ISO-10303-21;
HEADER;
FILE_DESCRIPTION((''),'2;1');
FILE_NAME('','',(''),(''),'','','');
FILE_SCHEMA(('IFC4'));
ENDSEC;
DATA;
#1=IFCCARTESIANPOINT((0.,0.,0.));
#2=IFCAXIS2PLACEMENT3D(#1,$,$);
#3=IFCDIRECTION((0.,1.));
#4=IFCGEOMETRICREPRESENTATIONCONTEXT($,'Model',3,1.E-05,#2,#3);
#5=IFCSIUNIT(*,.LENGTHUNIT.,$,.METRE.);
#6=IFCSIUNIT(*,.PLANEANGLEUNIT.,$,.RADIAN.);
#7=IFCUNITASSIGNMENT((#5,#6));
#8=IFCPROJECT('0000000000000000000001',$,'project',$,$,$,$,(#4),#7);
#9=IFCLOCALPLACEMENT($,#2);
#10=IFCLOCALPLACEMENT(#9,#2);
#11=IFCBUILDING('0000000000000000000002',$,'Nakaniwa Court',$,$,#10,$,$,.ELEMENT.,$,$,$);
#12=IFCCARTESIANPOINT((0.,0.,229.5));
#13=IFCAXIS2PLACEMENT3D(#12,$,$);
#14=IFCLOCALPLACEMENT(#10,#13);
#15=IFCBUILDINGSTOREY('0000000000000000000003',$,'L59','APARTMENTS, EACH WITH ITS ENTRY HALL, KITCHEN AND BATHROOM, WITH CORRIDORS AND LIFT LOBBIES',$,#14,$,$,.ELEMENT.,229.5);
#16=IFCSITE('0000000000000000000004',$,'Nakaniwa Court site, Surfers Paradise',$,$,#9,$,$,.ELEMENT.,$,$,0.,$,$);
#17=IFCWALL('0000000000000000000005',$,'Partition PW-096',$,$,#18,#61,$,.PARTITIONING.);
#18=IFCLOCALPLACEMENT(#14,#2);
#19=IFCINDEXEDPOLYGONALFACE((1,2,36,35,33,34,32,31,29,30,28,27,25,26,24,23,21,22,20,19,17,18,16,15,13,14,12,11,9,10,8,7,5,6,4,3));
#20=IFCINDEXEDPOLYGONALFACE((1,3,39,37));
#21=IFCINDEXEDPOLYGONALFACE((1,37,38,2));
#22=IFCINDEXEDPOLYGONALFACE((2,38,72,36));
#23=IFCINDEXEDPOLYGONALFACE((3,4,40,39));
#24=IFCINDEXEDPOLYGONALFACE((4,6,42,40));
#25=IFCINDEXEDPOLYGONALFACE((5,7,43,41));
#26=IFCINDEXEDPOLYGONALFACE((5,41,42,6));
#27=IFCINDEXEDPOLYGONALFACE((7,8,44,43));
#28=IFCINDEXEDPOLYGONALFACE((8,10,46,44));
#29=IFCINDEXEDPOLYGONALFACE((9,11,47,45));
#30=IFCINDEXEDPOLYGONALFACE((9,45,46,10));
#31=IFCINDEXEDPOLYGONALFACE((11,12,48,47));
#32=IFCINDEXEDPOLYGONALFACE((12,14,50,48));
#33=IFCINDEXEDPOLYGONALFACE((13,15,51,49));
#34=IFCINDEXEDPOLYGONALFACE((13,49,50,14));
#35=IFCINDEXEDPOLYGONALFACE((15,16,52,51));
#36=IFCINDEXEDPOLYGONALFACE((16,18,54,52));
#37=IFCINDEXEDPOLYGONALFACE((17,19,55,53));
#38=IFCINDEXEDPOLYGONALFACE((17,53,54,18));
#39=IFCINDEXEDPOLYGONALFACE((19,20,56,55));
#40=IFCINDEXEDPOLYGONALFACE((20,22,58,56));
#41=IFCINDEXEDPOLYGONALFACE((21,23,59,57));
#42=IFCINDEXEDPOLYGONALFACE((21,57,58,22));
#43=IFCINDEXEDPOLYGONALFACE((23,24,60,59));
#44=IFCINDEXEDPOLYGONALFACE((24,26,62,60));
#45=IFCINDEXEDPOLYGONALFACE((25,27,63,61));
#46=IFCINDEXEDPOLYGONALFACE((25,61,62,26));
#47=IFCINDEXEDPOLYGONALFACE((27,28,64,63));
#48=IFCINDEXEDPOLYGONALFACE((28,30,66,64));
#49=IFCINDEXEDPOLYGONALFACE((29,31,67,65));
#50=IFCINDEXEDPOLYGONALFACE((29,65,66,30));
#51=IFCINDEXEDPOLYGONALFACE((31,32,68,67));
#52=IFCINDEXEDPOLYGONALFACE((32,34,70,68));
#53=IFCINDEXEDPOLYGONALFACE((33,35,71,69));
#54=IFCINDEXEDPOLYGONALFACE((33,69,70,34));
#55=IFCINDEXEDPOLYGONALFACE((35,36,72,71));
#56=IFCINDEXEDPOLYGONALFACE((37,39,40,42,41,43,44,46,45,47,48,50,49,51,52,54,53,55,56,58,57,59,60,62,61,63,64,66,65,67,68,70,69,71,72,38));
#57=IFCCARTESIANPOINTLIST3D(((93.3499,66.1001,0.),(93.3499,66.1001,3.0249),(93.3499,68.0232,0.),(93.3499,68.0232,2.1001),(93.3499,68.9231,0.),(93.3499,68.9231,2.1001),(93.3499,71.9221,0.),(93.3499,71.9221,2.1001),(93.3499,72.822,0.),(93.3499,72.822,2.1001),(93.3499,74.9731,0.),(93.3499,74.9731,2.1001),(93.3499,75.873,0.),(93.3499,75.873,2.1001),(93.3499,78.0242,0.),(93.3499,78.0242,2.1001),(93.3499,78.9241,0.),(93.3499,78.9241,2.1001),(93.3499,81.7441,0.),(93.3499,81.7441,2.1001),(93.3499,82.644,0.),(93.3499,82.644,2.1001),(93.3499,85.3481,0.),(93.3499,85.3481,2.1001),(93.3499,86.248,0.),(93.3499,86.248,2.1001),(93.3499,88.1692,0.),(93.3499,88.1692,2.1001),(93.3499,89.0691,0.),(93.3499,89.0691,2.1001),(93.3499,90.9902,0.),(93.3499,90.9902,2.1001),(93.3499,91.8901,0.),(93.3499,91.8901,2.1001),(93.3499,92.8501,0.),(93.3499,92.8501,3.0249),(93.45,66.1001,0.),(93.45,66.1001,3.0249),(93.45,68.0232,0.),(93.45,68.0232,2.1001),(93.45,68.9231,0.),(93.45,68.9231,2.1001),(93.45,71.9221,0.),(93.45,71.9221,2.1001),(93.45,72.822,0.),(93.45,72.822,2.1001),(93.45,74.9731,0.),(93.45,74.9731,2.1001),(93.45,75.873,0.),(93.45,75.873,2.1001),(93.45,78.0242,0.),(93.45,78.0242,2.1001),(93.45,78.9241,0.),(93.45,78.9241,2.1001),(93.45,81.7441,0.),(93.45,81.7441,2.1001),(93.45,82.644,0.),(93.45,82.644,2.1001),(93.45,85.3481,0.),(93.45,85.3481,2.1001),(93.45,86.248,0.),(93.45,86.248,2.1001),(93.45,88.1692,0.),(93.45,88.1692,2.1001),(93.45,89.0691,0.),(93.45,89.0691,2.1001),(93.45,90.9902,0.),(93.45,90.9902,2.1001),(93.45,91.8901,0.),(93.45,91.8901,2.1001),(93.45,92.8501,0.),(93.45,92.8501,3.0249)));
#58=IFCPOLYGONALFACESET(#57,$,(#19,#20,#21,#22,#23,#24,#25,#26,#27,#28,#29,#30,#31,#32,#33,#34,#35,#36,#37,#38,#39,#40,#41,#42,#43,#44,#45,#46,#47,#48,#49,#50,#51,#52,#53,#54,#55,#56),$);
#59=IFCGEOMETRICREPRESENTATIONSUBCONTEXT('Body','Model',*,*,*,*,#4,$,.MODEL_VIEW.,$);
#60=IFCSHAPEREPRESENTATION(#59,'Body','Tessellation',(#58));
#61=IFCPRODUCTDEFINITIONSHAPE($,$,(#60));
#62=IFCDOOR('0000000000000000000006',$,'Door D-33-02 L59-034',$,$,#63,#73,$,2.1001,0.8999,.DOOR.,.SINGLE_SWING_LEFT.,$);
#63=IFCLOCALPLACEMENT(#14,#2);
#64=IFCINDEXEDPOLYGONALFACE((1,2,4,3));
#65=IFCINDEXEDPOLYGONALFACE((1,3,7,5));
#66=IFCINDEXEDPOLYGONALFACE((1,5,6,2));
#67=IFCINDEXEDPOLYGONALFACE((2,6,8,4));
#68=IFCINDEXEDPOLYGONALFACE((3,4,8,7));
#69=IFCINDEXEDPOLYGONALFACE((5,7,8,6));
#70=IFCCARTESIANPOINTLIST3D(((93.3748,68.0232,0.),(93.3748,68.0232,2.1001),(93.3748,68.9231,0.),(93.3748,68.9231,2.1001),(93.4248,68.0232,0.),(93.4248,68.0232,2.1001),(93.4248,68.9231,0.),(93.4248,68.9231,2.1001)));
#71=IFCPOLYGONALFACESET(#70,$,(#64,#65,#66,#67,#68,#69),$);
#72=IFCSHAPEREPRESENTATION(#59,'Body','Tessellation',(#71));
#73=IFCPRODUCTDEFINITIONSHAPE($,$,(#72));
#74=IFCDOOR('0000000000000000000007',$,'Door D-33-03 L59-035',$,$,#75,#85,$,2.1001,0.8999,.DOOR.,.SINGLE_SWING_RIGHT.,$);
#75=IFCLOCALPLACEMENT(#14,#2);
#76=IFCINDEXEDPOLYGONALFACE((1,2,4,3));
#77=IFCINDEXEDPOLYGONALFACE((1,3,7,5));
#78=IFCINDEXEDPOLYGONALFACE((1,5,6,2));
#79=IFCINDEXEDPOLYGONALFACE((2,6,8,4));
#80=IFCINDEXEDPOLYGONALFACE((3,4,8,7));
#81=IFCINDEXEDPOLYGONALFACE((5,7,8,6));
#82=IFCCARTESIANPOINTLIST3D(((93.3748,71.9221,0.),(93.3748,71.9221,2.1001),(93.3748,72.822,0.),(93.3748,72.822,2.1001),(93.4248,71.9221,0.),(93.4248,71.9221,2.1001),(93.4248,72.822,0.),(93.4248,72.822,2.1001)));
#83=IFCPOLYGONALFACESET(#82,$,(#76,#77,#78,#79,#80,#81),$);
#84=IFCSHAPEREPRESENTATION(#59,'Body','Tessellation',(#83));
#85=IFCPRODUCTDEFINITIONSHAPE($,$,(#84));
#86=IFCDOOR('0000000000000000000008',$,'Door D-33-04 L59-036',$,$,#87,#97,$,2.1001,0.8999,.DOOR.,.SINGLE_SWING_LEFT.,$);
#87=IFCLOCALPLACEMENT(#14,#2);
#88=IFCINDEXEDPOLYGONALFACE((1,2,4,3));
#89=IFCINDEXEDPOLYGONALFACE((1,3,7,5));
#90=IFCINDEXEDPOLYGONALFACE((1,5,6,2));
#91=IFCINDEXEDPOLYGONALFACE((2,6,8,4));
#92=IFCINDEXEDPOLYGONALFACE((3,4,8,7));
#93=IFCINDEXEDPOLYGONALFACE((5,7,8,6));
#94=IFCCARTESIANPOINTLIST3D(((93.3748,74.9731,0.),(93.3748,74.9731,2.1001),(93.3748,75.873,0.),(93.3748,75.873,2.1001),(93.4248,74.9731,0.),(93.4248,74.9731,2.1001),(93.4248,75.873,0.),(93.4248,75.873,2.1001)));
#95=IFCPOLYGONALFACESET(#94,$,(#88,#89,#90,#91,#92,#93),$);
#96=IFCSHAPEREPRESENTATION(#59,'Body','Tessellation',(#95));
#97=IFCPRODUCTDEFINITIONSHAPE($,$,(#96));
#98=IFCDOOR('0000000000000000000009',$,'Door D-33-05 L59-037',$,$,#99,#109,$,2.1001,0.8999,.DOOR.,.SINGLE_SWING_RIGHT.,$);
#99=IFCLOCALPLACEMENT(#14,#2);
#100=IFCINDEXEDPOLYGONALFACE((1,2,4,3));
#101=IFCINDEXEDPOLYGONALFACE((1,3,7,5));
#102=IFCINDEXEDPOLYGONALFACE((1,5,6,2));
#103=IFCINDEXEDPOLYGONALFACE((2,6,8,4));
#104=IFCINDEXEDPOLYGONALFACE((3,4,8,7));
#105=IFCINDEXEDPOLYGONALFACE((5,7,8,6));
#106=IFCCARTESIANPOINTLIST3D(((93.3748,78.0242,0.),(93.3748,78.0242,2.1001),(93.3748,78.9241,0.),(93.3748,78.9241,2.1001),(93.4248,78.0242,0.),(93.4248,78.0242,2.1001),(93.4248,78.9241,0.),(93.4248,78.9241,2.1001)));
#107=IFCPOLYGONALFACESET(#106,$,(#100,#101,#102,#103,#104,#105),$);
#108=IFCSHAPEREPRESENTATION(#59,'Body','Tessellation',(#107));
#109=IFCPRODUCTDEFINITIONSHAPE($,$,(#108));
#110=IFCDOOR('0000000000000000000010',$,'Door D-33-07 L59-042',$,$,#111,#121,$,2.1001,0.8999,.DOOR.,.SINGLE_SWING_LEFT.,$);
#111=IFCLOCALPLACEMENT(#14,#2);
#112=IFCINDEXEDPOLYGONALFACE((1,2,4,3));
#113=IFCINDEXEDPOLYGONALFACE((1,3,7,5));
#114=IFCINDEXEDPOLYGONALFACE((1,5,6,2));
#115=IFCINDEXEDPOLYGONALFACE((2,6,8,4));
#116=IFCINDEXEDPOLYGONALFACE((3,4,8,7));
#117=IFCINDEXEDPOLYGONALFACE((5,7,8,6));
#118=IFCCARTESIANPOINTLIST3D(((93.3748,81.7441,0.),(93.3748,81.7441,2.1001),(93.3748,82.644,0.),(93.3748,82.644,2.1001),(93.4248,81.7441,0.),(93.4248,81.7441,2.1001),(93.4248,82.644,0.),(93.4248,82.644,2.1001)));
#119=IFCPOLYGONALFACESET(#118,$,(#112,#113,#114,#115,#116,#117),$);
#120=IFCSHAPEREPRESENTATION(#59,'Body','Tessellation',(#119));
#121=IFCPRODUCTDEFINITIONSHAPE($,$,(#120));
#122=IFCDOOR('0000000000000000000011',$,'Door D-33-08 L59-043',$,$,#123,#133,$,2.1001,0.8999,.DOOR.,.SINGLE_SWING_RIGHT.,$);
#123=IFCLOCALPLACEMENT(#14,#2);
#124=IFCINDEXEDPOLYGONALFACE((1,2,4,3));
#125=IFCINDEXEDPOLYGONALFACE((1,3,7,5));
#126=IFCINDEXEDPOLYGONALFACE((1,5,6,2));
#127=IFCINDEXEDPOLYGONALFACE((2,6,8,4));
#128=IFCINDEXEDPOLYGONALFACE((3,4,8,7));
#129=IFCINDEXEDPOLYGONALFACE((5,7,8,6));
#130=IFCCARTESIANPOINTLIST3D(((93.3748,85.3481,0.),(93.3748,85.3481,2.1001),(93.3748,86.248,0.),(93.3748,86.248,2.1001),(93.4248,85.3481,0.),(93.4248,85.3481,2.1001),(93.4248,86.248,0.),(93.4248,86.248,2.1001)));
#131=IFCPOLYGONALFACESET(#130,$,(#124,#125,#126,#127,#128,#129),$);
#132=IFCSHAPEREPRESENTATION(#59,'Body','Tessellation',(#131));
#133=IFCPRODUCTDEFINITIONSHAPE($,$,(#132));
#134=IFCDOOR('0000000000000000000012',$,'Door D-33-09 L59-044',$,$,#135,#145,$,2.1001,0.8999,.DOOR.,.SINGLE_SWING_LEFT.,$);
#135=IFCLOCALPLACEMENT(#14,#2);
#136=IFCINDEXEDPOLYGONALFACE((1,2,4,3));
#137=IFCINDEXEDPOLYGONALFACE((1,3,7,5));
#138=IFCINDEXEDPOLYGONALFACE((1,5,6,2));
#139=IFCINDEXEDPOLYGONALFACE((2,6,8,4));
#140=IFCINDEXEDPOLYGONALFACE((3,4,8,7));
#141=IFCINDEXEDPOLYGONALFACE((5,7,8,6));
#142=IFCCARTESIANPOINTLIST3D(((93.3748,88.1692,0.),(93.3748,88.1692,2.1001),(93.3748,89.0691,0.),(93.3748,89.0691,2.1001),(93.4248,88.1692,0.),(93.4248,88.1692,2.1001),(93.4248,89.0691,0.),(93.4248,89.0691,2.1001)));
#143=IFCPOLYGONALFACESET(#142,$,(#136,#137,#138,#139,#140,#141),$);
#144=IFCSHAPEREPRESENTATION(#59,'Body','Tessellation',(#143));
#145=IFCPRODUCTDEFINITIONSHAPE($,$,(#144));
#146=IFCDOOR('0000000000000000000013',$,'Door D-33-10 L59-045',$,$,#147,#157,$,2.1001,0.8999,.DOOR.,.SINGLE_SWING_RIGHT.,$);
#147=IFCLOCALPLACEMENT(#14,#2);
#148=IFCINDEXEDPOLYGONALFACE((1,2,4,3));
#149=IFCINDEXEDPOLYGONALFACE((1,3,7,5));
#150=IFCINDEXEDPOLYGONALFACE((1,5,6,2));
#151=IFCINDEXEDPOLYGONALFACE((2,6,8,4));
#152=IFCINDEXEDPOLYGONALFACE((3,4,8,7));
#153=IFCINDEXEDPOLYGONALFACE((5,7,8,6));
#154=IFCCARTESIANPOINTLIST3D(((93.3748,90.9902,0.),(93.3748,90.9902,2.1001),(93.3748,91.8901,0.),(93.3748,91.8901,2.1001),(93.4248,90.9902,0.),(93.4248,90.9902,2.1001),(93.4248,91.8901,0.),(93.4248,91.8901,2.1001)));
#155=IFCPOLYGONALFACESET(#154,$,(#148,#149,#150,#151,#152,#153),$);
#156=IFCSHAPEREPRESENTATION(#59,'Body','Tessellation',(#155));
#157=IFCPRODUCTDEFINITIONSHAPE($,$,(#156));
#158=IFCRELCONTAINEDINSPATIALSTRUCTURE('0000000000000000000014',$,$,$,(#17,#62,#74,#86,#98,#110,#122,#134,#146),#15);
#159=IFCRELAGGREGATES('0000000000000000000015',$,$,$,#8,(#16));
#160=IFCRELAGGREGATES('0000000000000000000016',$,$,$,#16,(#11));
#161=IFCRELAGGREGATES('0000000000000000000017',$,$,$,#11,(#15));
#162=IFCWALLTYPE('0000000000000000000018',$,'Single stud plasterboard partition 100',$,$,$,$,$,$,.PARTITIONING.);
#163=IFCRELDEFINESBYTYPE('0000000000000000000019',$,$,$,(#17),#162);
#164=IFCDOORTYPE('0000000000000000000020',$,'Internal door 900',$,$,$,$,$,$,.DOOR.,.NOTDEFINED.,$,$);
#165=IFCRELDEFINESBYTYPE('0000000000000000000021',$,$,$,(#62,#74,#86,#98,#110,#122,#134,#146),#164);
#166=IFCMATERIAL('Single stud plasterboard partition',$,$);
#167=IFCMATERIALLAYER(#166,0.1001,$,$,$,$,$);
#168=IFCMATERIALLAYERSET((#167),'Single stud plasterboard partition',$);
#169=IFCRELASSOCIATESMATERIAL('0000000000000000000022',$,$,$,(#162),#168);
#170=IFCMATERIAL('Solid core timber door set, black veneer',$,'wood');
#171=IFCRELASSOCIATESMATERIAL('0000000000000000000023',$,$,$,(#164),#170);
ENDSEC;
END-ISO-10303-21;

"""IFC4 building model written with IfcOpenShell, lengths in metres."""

from ifc_helpers import new_model, si_unit, direction, frame, frame_2d, origin, place, context, subcontext, project, spatial, rectangle, extrude, material, layer, layer_set, type_object, element, fill, save


model = new_model("IFC4")

# Units and contexts
model_context = context("Model", 3, precision=1e-05, world=origin(), true_north=direction((0.0, 1.0)))
body_context = subcontext(model_context, "Body", "Model", "MODEL_VIEW")
ifc_project = project(units=[si_unit("LENGTHUNIT", "METRE"), si_unit("PLANEANGLEUNIT", "RADIAN")], contexts=[model_context])

# Site, building, storey
site_placement = place(None, origin())
site = spatial("IfcSite", under=ifc_project, at=site_placement, Name="Nakaniwa Court site, Surfers Paradise", CompositionType="ELEMENT", RefElevation=0.0)
building_placement = place(site_placement, origin())
building = spatial("IfcBuilding", under=site, at=building_placement, Name="Nakaniwa Court", CompositionType="ELEMENT")
storey_placement = place(building_placement, frame((0.0, 0.0, 229.5)))
storey = spatial("IfcBuildingStorey", under=building, at=storey_placement, Name="L59", Description="APARTMENTS, EACH WITH ITS ENTRY HALL, KITCHEN AND BATHROOM, WITH CORRIDORS AND LIFT LOBBIES", CompositionType="ELEMENT", Elevation=229.5)

# Wall, openings, doors
ifc_material_1 = material(Name="Single stud plasterboard partition")
ifc_layer_1 = layer(ifc_material_1, 0.1001)
ifc_layer_set_1 = layer_set([ifc_layer_1], Name="Single stud plasterboard partition")
wall_type_1 = type_object("IfcWallType", Name="Single stud plasterboard partition 100", PredefinedType="PARTITIONING", material=ifc_layer_set_1)
wall_1_placement = place(storey_placement, frame((93.3999, 92.8501, 0.0), z_axis=(0.0, 0.0, 1.0), x_axis=(0.0, -1.0, 0.0)))
wall_1 = element("IfcWall", 1, at=wall_1_placement, inside=storey, type_object=wall_type_1, Name="Partition PW-096", PredefinedType="PARTITIONING", context=body_context, shape_type="SweptSolid", body=[
    extrude(rectangle(XDim=26.75, YDim=0.1001, at=frame_2d((13.375, 0.0))), origin(), (0.0, 0.0, 1.0), 3.0249),
])
opening_1_placement = place(wall_1_placement, frame((23.927, 0.0, 0.0)))
opening_1 = element("IfcOpeningElement", 2, at=opening_1_placement, cuts=wall_1, PredefinedType="OPENING", context=body_context, shape_type="SweptSolid", body=[
    extrude(rectangle(XDim=0.8999, YDim=2.1001, at=frame_2d((0.45, 1.05))), frame((0.0, 0.0601, 0.0), z_axis=(0.0, -1.0, 0.0), x_axis=(1.0, 0.0, 0.0)), (0.0, 0.0, 1.0), 0.1201),
])
opening_2_placement = place(wall_1_placement, frame((20.0281, 0.0, 0.0)))
opening_2 = element("IfcOpeningElement", 3, at=opening_2_placement, cuts=wall_1, PredefinedType="OPENING", context=body_context, shape_type="SweptSolid", body=[
    extrude(rectangle(XDim=0.8999, YDim=2.1001, at=frame_2d((0.45, 1.05))), frame((0.0, 0.0601, 0.0), z_axis=(0.0, -1.0, 0.0), x_axis=(1.0, 0.0, 0.0)), (0.0, 0.0, 1.0), 0.1201),
])
opening_3_placement = place(wall_1_placement, frame((16.9771, 0.0, 0.0)))
opening_3 = element("IfcOpeningElement", 4, at=opening_3_placement, cuts=wall_1, PredefinedType="OPENING", context=body_context, shape_type="SweptSolid", body=[
    extrude(rectangle(XDim=0.8999, YDim=2.1001, at=frame_2d((0.45, 1.05))), frame((0.0, 0.0601, 0.0), z_axis=(0.0, -1.0, 0.0), x_axis=(1.0, 0.0, 0.0)), (0.0, 0.0, 1.0), 0.1201),
])
opening_4_placement = place(wall_1_placement, frame((13.926, 0.0, 0.0)))
opening_4 = element("IfcOpeningElement", 5, at=opening_4_placement, cuts=wall_1, PredefinedType="OPENING", context=body_context, shape_type="SweptSolid", body=[
    extrude(rectangle(XDim=0.8999, YDim=2.1001, at=frame_2d((0.45, 1.05))), frame((0.0, 0.0601, 0.0), z_axis=(0.0, -1.0, 0.0), x_axis=(1.0, 0.0, 0.0)), (0.0, 0.0, 1.0), 0.1201),
])
opening_5_placement = place(wall_1_placement, frame((10.2061, 0.0, 0.0)))
opening_5 = element("IfcOpeningElement", 6, at=opening_5_placement, cuts=wall_1, PredefinedType="OPENING", context=body_context, shape_type="SweptSolid", body=[
    extrude(rectangle(XDim=0.8999, YDim=2.1001, at=frame_2d((0.45, 1.05))), frame((0.0, 0.0601, 0.0), z_axis=(0.0, -1.0, 0.0), x_axis=(1.0, 0.0, 0.0)), (0.0, 0.0, 1.0), 0.1201),
])
opening_6_placement = place(wall_1_placement, frame((6.6021, 0.0, 0.0)))
opening_6 = element("IfcOpeningElement", 7, at=opening_6_placement, cuts=wall_1, PredefinedType="OPENING", context=body_context, shape_type="SweptSolid", body=[
    extrude(rectangle(XDim=0.8999, YDim=2.1001, at=frame_2d((0.45, 1.05))), frame((0.0, 0.0601, 0.0), z_axis=(0.0, -1.0, 0.0), x_axis=(1.0, 0.0, 0.0)), (0.0, 0.0, 1.0), 0.1201),
])
opening_7_placement = place(wall_1_placement, frame((3.781, 0.0, 0.0)))
opening_7 = element("IfcOpeningElement", 8, at=opening_7_placement, cuts=wall_1, PredefinedType="OPENING", context=body_context, shape_type="SweptSolid", body=[
    extrude(rectangle(XDim=0.8999, YDim=2.1001, at=frame_2d((0.45, 1.05))), frame((0.0, 0.0601, 0.0), z_axis=(0.0, -1.0, 0.0), x_axis=(1.0, 0.0, 0.0)), (0.0, 0.0, 1.0), 0.1201),
])
opening_8_placement = place(wall_1_placement, frame((0.96, 0.0, 0.0)))
opening_8 = element("IfcOpeningElement", 9, at=opening_8_placement, cuts=wall_1, PredefinedType="OPENING", context=body_context, shape_type="SweptSolid", body=[
    extrude(rectangle(XDim=0.8999, YDim=2.1001, at=frame_2d((0.45, 1.05))), frame((0.0, 0.0601, 0.0), z_axis=(0.0, -1.0, 0.0), x_axis=(1.0, 0.0, 0.0)), (0.0, 0.0, 1.0), 0.1201),
])
ifc_material_2 = material(Name="Solid core timber door set, black veneer", Category="wood")
door_type = type_object("IfcDoorType", Name="Internal door 900", OperationType="NOTDEFINED", PredefinedType="DOOR", material=ifc_material_2)
door_1_placement = place(opening_1_placement, origin())
door_1 = element("IfcDoor", 10, at=door_1_placement, inside=storey, type_object=door_type, Name="Door D-33-02 L59-034", OperationType="SINGLE_SWING_LEFT", OverallHeight=2.1001, OverallWidth=0.8999, PredefinedType="DOOR", context=body_context, shape_type="SweptSolid", body=[
    extrude(rectangle(XDim=0.8999, YDim=2.1001, at=frame_2d((0.45, 1.05))), frame((0.0, 0.0249, 0.0), z_axis=(0.0, -1.0, 0.0), x_axis=(1.0, 0.0, 0.0)), (0.0, 0.0, 1.0), 0.05),
])
fill(opening_1, door_1)
door_2_placement = place(opening_2_placement, origin())
door_2 = element("IfcDoor", 11, at=door_2_placement, inside=storey, type_object=door_type, Name="Door D-33-03 L59-035", OperationType="SINGLE_SWING_RIGHT", OverallHeight=2.1001, OverallWidth=0.8999, PredefinedType="DOOR", context=body_context, shape_type="SweptSolid", body=[
    extrude(rectangle(XDim=0.8999, YDim=2.1001, at=frame_2d((0.45, 1.05))), frame((0.0, 0.0249, 0.0), z_axis=(0.0, -1.0, 0.0), x_axis=(1.0, 0.0, 0.0)), (0.0, 0.0, 1.0), 0.05),
])
fill(opening_2, door_2)
door_3_placement = place(opening_3_placement, origin())
door_3 = element("IfcDoor", 12, at=door_3_placement, inside=storey, type_object=door_type, Name="Door D-33-04 L59-036", OperationType="SINGLE_SWING_LEFT", OverallHeight=2.1001, OverallWidth=0.8999, PredefinedType="DOOR", context=body_context, shape_type="SweptSolid", body=[
    extrude(rectangle(XDim=0.8999, YDim=2.1001, at=frame_2d((0.45, 1.05))), frame((0.0, 0.0249, 0.0), z_axis=(0.0, -1.0, 0.0), x_axis=(1.0, 0.0, 0.0)), (0.0, 0.0, 1.0), 0.05),
])
fill(opening_3, door_3)
door_4_placement = place(opening_4_placement, origin())
door_4 = element("IfcDoor", 13, at=door_4_placement, inside=storey, type_object=door_type, Name="Door D-33-05 L59-037", OperationType="SINGLE_SWING_RIGHT", OverallHeight=2.1001, OverallWidth=0.8999, PredefinedType="DOOR", context=body_context, shape_type="SweptSolid", body=[
    extrude(rectangle(XDim=0.8999, YDim=2.1001, at=frame_2d((0.45, 1.05))), frame((0.0, 0.0249, 0.0), z_axis=(0.0, -1.0, 0.0), x_axis=(1.0, 0.0, 0.0)), (0.0, 0.0, 1.0), 0.05),
])
fill(opening_4, door_4)
door_5_placement = place(opening_5_placement, origin())
door_5 = element("IfcDoor", 14, at=door_5_placement, inside=storey, type_object=door_type, Name="Door D-33-07 L59-042", OperationType="SINGLE_SWING_LEFT", OverallHeight=2.1001, OverallWidth=0.8999, PredefinedType="DOOR", context=body_context, shape_type="SweptSolid", body=[
    extrude(rectangle(XDim=0.8999, YDim=2.1001, at=frame_2d((0.45, 1.05))), frame((0.0, 0.0249, 0.0), z_axis=(0.0, -1.0, 0.0), x_axis=(1.0, 0.0, 0.0)), (0.0, 0.0, 1.0), 0.05),
])
fill(opening_5, door_5)
door_6_placement = place(opening_6_placement, origin())
door_6 = element("IfcDoor", 15, at=door_6_placement, inside=storey, type_object=door_type, Name="Door D-33-08 L59-043", OperationType="SINGLE_SWING_RIGHT", OverallHeight=2.1001, OverallWidth=0.8999, PredefinedType="DOOR", context=body_context, shape_type="SweptSolid", body=[
    extrude(rectangle(XDim=0.8999, YDim=2.1001, at=frame_2d((0.45, 1.05))), frame((0.0, 0.0249, 0.0), z_axis=(0.0, -1.0, 0.0), x_axis=(1.0, 0.0, 0.0)), (0.0, 0.0, 1.0), 0.05),
])
fill(opening_6, door_6)
door_7_placement = place(opening_7_placement, origin())
door_7 = element("IfcDoor", 16, at=door_7_placement, inside=storey, type_object=door_type, Name="Door D-33-09 L59-044", OperationType="SINGLE_SWING_LEFT", OverallHeight=2.1001, OverallWidth=0.8999, PredefinedType="DOOR", context=body_context, shape_type="SweptSolid", body=[
    extrude(rectangle(XDim=0.8999, YDim=2.1001, at=frame_2d((0.45, 1.05))), frame((0.0, 0.0249, 0.0), z_axis=(0.0, -1.0, 0.0), x_axis=(1.0, 0.0, 0.0)), (0.0, 0.0, 1.0), 0.05),
])
fill(opening_7, door_7)
door_8_placement = place(opening_8_placement, origin())
door_8 = element("IfcDoor", 17, at=door_8_placement, inside=storey, type_object=door_type, Name="Door D-33-10 L59-045", OperationType="SINGLE_SWING_RIGHT", OverallHeight=2.1001, OverallWidth=0.8999, PredefinedType="DOOR", context=body_context, shape_type="SweptSolid", body=[
    extrude(rectangle(XDim=0.8999, YDim=2.1001, at=frame_2d((0.45, 1.05))), frame((0.0, 0.0249, 0.0), z_axis=(0.0, -1.0, 0.0), x_axis=(1.0, 0.0, 0.0)), (0.0, 0.0, 1.0), 0.05),
])
fill(opening_8, door_8)

save(model, "model.ifc")
